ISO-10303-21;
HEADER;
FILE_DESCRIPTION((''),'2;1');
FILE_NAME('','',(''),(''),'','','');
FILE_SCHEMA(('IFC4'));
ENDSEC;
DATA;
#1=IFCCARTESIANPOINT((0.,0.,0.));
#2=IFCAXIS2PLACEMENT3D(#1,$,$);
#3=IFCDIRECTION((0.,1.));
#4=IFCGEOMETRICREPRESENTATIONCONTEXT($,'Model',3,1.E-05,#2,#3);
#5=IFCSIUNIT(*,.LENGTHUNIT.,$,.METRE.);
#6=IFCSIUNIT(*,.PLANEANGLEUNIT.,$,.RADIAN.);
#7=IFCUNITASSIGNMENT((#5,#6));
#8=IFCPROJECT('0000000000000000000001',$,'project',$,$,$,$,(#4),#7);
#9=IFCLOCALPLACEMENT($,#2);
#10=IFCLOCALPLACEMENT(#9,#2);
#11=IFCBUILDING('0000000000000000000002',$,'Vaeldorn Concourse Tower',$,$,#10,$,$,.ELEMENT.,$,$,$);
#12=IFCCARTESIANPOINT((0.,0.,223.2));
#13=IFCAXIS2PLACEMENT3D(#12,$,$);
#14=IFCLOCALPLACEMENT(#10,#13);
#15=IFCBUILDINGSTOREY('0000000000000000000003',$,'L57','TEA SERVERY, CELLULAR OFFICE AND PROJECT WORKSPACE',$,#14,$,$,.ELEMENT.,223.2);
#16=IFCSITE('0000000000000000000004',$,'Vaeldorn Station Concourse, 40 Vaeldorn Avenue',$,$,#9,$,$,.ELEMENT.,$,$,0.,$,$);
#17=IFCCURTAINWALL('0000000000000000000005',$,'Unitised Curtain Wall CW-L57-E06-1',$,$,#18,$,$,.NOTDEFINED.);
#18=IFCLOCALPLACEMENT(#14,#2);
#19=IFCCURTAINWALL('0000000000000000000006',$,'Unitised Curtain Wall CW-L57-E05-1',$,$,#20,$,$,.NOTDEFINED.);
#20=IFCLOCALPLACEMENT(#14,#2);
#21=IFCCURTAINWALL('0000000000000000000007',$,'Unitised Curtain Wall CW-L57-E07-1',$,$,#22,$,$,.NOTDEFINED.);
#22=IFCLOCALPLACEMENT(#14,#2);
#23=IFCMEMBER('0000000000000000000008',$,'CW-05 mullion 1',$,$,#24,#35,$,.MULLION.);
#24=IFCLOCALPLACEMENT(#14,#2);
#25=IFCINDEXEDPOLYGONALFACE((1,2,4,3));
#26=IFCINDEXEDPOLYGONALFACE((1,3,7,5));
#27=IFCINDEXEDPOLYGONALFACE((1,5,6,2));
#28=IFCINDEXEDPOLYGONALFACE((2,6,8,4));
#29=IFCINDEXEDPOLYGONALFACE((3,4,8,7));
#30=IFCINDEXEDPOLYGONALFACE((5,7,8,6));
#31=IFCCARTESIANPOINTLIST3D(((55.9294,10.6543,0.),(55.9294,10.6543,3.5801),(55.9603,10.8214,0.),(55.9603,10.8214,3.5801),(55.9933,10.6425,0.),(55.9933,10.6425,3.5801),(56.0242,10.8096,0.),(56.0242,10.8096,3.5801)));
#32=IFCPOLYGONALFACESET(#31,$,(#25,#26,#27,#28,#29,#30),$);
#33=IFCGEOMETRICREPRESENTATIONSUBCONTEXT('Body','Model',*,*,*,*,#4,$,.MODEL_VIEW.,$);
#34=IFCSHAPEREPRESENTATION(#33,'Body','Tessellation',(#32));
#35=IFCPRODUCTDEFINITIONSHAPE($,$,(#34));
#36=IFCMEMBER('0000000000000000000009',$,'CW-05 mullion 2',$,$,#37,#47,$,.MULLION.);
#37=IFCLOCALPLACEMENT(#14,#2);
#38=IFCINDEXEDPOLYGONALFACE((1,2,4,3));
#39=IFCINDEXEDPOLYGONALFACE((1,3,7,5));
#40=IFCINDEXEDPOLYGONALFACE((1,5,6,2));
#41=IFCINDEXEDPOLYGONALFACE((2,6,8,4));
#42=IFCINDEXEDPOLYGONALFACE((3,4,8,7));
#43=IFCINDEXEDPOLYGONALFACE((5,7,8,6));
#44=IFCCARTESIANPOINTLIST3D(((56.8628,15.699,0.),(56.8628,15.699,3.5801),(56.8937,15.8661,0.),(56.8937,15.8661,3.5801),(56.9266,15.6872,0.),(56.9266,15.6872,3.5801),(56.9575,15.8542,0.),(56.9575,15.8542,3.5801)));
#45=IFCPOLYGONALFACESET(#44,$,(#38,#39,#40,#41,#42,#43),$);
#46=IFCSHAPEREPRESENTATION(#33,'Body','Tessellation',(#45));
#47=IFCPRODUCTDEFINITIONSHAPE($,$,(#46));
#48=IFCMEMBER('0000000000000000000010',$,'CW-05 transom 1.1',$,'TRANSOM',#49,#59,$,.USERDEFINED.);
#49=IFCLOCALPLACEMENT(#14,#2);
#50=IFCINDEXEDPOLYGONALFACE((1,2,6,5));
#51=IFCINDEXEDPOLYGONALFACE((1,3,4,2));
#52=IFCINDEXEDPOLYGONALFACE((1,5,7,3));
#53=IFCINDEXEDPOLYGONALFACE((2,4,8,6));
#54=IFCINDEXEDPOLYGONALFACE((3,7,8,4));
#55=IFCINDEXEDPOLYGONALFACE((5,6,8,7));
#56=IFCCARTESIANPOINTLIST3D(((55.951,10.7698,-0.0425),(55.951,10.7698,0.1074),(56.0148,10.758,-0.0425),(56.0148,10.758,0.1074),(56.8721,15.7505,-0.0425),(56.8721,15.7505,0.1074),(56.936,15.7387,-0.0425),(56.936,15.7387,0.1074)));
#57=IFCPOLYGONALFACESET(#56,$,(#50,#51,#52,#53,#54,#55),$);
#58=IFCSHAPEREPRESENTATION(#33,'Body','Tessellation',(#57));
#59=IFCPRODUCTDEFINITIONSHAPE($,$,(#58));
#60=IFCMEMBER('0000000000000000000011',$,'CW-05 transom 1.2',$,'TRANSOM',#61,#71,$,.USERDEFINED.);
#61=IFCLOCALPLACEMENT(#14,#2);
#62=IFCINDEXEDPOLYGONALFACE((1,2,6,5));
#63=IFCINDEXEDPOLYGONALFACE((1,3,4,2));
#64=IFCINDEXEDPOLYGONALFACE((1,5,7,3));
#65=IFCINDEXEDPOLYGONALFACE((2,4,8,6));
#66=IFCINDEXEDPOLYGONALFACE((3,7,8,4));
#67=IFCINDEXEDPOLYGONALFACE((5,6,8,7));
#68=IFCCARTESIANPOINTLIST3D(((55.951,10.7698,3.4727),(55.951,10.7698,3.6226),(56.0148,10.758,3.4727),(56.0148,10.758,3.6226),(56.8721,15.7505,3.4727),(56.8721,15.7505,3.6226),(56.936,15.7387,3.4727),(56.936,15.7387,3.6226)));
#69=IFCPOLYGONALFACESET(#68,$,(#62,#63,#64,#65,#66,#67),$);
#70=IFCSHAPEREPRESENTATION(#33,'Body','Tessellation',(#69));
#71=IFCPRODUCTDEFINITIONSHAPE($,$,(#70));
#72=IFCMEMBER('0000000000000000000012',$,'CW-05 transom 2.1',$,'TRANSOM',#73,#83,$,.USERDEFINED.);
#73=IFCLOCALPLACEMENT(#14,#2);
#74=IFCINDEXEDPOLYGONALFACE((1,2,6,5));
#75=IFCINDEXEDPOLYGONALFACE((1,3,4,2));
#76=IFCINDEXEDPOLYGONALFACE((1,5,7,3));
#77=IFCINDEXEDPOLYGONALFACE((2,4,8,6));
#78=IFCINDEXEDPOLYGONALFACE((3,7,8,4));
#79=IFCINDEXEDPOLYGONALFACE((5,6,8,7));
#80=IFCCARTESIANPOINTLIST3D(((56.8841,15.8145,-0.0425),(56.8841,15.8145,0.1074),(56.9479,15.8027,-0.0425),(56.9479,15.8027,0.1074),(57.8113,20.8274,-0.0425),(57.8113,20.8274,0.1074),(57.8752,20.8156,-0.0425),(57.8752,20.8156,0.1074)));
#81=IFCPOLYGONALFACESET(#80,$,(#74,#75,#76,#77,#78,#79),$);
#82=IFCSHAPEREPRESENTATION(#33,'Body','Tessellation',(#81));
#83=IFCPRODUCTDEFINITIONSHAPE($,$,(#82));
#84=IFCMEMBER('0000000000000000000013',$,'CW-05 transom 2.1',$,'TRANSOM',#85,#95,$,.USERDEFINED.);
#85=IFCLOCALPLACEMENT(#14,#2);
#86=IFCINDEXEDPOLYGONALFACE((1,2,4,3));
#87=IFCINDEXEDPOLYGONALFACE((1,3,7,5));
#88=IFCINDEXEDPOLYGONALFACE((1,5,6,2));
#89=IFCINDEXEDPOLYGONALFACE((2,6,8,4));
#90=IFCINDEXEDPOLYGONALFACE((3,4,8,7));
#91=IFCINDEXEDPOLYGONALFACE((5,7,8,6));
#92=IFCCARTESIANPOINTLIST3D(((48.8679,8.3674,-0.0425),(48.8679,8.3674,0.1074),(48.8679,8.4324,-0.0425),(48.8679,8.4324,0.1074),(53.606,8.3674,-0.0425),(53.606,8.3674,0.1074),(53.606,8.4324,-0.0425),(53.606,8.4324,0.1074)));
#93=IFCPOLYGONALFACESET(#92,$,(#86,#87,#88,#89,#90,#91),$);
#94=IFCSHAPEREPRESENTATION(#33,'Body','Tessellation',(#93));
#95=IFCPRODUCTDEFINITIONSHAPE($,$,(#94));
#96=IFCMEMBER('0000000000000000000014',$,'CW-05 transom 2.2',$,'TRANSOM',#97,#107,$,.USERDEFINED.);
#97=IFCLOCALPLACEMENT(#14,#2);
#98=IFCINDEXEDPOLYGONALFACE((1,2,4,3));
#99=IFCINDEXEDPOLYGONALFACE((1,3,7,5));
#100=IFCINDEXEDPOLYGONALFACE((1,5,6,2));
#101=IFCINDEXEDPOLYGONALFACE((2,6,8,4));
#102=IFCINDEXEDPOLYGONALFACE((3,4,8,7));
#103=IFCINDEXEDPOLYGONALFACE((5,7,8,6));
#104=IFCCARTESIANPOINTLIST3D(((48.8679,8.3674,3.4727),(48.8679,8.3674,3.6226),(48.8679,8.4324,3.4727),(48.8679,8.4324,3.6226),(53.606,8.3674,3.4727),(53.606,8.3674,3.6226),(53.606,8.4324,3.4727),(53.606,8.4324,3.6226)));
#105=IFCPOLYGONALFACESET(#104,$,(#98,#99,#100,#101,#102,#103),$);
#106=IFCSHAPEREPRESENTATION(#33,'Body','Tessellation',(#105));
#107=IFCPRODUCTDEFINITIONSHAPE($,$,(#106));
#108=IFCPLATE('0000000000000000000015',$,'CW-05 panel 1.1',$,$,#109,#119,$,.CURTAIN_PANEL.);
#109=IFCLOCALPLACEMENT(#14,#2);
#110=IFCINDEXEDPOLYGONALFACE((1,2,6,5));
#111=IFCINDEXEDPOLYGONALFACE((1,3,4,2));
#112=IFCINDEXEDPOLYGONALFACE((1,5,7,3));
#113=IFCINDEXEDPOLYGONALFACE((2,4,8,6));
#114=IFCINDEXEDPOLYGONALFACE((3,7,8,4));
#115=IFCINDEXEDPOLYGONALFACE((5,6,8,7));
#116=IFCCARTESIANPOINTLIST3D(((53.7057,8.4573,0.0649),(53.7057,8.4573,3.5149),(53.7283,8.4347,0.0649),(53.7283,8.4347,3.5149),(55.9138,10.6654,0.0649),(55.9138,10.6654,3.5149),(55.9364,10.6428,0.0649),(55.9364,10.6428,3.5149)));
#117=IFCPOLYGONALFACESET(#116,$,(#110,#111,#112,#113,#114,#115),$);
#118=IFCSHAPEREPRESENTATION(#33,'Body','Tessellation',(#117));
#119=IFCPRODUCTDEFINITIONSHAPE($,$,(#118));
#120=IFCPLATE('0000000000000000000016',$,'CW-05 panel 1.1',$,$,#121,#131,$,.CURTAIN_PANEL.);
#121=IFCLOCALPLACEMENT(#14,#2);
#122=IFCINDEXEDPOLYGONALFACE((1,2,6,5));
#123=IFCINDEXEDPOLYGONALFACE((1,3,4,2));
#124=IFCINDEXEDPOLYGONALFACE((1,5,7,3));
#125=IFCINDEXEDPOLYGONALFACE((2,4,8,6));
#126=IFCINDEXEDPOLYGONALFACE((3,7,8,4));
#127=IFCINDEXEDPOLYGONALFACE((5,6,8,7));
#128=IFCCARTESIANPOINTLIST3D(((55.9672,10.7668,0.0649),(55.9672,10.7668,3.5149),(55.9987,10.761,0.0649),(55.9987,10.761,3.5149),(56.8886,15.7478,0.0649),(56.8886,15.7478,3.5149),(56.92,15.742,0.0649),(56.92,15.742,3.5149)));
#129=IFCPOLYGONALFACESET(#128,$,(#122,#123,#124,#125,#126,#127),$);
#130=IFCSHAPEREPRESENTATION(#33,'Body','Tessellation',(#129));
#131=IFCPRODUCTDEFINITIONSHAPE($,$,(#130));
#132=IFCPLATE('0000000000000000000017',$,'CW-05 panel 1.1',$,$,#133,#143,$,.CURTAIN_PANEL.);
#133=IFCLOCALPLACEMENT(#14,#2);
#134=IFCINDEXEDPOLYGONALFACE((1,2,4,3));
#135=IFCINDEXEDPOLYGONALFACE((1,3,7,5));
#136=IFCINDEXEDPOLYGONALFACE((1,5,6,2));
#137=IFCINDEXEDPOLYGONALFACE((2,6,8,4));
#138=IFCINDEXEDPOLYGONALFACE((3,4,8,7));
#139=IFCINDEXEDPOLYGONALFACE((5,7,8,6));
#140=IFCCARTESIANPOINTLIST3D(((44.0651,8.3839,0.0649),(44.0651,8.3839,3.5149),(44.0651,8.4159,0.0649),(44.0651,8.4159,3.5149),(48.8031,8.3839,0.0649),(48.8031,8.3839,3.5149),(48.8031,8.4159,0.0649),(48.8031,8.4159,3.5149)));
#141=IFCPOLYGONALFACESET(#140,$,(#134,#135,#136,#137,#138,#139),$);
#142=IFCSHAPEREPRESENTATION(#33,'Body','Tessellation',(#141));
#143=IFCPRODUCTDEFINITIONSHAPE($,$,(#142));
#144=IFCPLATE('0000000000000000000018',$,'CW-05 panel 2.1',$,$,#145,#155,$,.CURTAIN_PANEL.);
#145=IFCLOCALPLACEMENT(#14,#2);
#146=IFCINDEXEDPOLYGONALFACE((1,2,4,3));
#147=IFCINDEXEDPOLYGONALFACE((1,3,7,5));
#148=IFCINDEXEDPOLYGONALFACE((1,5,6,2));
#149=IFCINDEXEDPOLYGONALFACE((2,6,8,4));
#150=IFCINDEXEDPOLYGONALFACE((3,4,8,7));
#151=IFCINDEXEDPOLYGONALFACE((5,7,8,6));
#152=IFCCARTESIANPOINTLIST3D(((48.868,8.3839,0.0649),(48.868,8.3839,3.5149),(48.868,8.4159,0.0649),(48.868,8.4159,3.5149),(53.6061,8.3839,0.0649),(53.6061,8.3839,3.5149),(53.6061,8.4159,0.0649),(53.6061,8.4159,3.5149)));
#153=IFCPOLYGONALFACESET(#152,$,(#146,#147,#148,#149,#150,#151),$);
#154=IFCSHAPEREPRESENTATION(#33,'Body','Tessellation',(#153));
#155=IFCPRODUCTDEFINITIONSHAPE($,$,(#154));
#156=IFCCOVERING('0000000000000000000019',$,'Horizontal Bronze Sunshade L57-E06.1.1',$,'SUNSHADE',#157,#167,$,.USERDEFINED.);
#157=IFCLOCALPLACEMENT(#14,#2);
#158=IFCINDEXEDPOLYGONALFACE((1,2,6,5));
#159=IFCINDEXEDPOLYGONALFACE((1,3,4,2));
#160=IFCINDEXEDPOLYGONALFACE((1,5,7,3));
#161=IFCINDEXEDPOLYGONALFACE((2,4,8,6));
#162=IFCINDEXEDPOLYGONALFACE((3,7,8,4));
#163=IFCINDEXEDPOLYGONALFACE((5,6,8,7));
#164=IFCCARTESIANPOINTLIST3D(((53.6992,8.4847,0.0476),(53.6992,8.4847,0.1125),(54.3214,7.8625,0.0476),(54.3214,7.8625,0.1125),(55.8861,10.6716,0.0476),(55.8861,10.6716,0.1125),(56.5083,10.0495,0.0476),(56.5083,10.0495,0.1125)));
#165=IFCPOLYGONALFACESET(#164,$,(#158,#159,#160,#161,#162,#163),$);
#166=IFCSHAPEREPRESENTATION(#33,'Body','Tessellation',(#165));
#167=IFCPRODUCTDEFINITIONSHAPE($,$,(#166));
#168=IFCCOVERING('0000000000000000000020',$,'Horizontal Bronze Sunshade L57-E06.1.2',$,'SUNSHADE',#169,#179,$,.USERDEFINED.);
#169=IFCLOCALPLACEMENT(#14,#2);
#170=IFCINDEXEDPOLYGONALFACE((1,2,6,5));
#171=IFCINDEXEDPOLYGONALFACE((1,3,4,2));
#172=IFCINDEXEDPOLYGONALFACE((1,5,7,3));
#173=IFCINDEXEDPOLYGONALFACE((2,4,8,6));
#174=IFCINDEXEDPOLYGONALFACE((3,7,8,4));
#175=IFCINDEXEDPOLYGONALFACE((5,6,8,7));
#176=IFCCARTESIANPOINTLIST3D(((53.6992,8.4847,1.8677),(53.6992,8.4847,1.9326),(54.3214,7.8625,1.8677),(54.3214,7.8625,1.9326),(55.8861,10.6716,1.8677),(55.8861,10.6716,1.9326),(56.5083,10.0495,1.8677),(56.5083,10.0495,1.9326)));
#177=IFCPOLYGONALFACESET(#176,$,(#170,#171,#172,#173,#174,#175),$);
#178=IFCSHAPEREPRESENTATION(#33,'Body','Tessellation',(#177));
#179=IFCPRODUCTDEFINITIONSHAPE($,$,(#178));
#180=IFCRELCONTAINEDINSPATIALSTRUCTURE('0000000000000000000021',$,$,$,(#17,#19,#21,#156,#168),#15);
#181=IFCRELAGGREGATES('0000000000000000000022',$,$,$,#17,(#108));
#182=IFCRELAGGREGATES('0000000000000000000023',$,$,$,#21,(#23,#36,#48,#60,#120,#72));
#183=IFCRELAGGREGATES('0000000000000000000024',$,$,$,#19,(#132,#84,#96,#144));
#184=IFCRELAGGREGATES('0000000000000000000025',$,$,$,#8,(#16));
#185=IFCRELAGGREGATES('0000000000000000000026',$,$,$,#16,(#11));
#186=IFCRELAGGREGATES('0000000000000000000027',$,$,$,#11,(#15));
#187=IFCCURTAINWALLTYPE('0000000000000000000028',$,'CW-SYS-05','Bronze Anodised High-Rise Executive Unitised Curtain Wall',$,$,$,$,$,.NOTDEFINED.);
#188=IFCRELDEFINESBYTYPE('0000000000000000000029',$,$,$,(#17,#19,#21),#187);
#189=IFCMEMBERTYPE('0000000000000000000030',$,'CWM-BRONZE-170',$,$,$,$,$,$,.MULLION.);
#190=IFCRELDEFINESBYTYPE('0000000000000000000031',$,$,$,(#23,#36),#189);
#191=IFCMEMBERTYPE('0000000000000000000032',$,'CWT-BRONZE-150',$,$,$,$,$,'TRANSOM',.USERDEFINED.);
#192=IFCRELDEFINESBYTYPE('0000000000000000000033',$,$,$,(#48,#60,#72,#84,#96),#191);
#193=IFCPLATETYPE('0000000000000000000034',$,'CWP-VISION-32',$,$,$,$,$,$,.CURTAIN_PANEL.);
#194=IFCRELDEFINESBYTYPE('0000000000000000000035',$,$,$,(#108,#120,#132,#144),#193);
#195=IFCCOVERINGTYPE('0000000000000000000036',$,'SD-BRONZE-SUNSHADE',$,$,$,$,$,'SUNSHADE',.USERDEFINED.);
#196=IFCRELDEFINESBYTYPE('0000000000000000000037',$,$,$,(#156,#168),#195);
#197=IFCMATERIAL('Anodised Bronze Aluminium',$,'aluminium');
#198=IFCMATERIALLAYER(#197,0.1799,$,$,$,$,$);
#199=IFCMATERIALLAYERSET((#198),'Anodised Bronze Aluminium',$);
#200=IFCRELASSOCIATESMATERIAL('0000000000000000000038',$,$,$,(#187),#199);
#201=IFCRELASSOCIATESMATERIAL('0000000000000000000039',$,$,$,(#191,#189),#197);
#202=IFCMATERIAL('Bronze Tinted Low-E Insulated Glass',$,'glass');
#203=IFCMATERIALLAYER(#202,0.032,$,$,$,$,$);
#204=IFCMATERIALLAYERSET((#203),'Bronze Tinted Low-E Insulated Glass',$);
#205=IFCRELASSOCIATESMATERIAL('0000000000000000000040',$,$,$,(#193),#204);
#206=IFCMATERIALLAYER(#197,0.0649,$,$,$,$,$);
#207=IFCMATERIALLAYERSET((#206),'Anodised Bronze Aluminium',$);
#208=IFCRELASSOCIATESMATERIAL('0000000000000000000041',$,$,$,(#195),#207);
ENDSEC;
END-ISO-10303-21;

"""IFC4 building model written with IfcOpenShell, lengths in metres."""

from ifc_helpers import new_model, si_unit, direction, frame, origin, origin_2d, place, context, subcontext, project, spatial, rectangle, extrude, source, transform, mapped, material, layer, layer_set, material_profile, profile_set, type_object, element, aggregate, save


model = new_model("IFC4")

# Units and contexts
model_context = context("Model", 3, precision=1e-05, world=origin(), true_north=direction((0.0, 1.0)))
body_context = subcontext(model_context, "Body", "Model", "MODEL_VIEW")
ifc_project = project(units=[si_unit("LENGTHUNIT", "METRE"), si_unit("PLANEANGLEUNIT", "RADIAN")], contexts=[model_context])

# Site, building, storey
site_placement = place(None, origin())
site = spatial("IfcSite", under=ifc_project, at=site_placement, Name="Vaeldorn Station Concourse, 40 Vaeldorn Avenue", CompositionType="ELEMENT", RefElevation=0.0)
building_placement = place(site_placement, origin())
building = spatial("IfcBuilding", under=site, at=building_placement, Name="Vaeldorn Concourse Tower", CompositionType="ELEMENT")
storey_placement = place(building_placement, frame((0.0, 0.0, 223.2)))
storey = spatial("IfcBuildingStorey", under=building, at=storey_placement, Name="L57", Description="TEA SERVERY, CELLULAR OFFICE AND PROJECT WORKSPACE", CompositionType="ELEMENT", Elevation=223.2)

# Curtain walls
ifc_material_1 = material(Name="Anodised Bronze Aluminium", Category="aluminium")
ifc_layer_1 = layer(ifc_material_1, 0.1799)
ifc_layer_set_1 = layer_set([ifc_layer_1], Name="Anodised Bronze Aluminium")
curtain_wall_type = type_object("IfcCurtainWallType", Name="CW-SYS-05", Description="Bronze Anodised High-Rise Executive Unitised Curtain Wall", PredefinedType="NOTDEFINED", material=ifc_layer_set_1)
curtain_wall_1_placement = place(storey_placement, origin())
curtain_wall_1 = element("IfcCurtainWall", 1, at=curtain_wall_1_placement, inside=storey, type_object=curtain_wall_type, Name="Unitised Curtain Wall CW-L57-E06-1", PredefinedType="NOTDEFINED")
ifc_material_profile_1 = material_profile(ifc_material_1, rectangle(XDim=0.0649, YDim=0.1499, at=origin_2d()), Name="CWT 65x150")
ifc_profile_set_1 = profile_set([ifc_material_profile_1], Name="Anodised Bronze Aluminium")
member_type_1 = type_object("IfcMemberType", Name="CWT-BRONZE-150", ElementType="TRANSOM", PredefinedType="USERDEFINED", material=ifc_profile_set_1)
curtain_wall_2_placement = place(storey_placement, origin())
curtain_wall_2 = element("IfcCurtainWall", 2, at=curtain_wall_2_placement, inside=storey, type_object=curtain_wall_type, Name="Unitised Curtain Wall CW-L57-E05-1", PredefinedType="NOTDEFINED")
ifc_material_profile_2 = material_profile(ifc_material_1, rectangle(XDim=0.0649, YDim=0.1699, at=origin_2d()), Name="CWM 65x170")
ifc_profile_set_2 = profile_set([ifc_material_profile_2], Name="Anodised Bronze Aluminium")
member_type_2 = type_object("IfcMemberType", Name="CWM-BRONZE-170", PredefinedType="MULLION", material=ifc_profile_set_2)
shared_shape_1 = source(origin(), body_context, "Body", "SweptSolid", [
    extrude(rectangle(XDim=0.0649, YDim=0.1699, at=origin_2d()), origin(), (0.0, 0.0, 1.0), 3.5801),
])

# Curtain wall, members
curtain_wall_3_placement = place(storey_placement, origin())
curtain_wall_3 = element("IfcCurtainWall", 3, at=curtain_wall_3_placement, inside=storey, type_object=curtain_wall_type, Name="Unitised Curtain Wall CW-L57-E07-1", PredefinedType="NOTDEFINED")
member_1_placement = place(storey_placement, frame((55.9768, 10.7319, 0.0), z_axis=(0.0, 0.0, 1.0), x_axis=(-0.983319, 0.181889, 0.0)))
member_1 = element("IfcMember", 4, at=member_1_placement, type_object=member_type_2, Name="CW-05 mullion 1", PredefinedType="MULLION", context=body_context, shape_type="MappedRepresentation", body=[
    mapped(shared_shape_1, transform((0.0, 0.0, 0.0), scale=1.0)),
])
member_2_placement = place(storey_placement, frame((56.9102, 15.7766, 0.0), z_axis=(0.0, 0.0, 1.0), x_axis=(-0.983319, 0.181889, 0.0)))
member_2 = element("IfcMember", 5, at=member_2_placement, type_object=member_type_2, Name="CW-05 mullion 2", PredefinedType="MULLION", context=body_context, shape_type="MappedRepresentation", body=[
    mapped(shared_shape_1, transform((0.0, 0.0, 0.0), scale=1.0)),
])
shared_shape_2 = source(origin(), body_context, "Body", "SweptSolid", [
    extrude(rectangle(XDim=0.0649, YDim=0.1499, at=origin_2d()), origin(), (0.0, 0.0, 1.0), 5.0652),
])
member_3_placement = place(storey_placement, frame((55.9829, 10.7639, 0.0325), z_axis=(0.181858, 0.983325, 0.0), x_axis=(-0.983325, 0.181858, 0.0)))
member_3 = element("IfcMember", 6, at=member_3_placement, type_object=member_type_1, Name="CW-05 transom 1.1", ObjectType="TRANSOM", PredefinedType="USERDEFINED", context=body_context, shape_type="MappedRepresentation", body=[
    mapped(shared_shape_2, transform((0.0, 0.0, 0.0), scale=1.0)),
])
member_4_placement = place(storey_placement, frame((55.9829, 10.7639, 3.5476), z_axis=(0.181858, 0.983325, 0.0), x_axis=(-0.983325, 0.181858, 0.0)))
member_4 = element("IfcMember", 7, at=member_4_placement, type_object=member_type_1, Name="CW-05 transom 1.2", ObjectType="TRANSOM", PredefinedType="USERDEFINED", context=body_context, shape_type="MappedRepresentation", body=[
    mapped(shared_shape_2, transform((0.0, 0.0, 0.0), scale=1.0)),
])
shared_shape_3 = source(origin(), body_context, "Body", "SweptSolid", [
    extrude(rectangle(XDim=0.0649, YDim=0.1499, at=origin_2d()), origin(), (0.0, 0.0, 1.0), 5.0979),
])
member_5_placement = place(storey_placement, frame((56.916, 15.8086, 0.0325), z_axis=(0.181885, 0.98332, 0.0), x_axis=(-0.98332, 0.181885, 0.0)))
member_5 = element("IfcMember", 8, at=member_5_placement, type_object=member_type_1, Name="CW-05 transom 2.1", ObjectType="TRANSOM", PredefinedType="USERDEFINED", context=body_context, shape_type="MappedRepresentation", body=[
    mapped(shared_shape_3, transform((0.0, 0.0, 0.0), scale=1.0)),
])

# Members
shared_shape_4 = source(origin(), body_context, "Body", "SweptSolid", [
    extrude(rectangle(XDim=0.0649, YDim=0.1499, at=origin_2d()), origin(), (0.0, 0.0, 1.0), 4.738),
])
member_6_placement = place(storey_placement, frame((48.8679, 8.3999, 0.0325), z_axis=(1.0, 0.0, 0.0), x_axis=(0.0, 1.0, 0.0)))
member_6 = element("IfcMember", 9, at=member_6_placement, type_object=member_type_1, Name="CW-05 transom 2.1", ObjectType="TRANSOM", PredefinedType="USERDEFINED", context=body_context, shape_type="MappedRepresentation", body=[
    mapped(shared_shape_4, transform((0.0, 0.0, 0.0), scale=1.0)),
])
member_7_placement = place(storey_placement, frame((48.8679, 8.3999, 3.5476), z_axis=(1.0, 0.0, 0.0), x_axis=(0.0, 1.0, 0.0)))
member_7 = element("IfcMember", 10, at=member_7_placement, type_object=member_type_1, Name="CW-05 transom 2.2", ObjectType="TRANSOM", PredefinedType="USERDEFINED", context=body_context, shape_type="MappedRepresentation", body=[
    mapped(shared_shape_4, transform((0.0, 0.0, 0.0), scale=1.0)),
])

# Plates
ifc_material_2 = material(Name="Bronze Tinted Low-E Insulated Glass", Category="glass")
ifc_layer_2 = layer(ifc_material_2, 0.032)
ifc_layer_set_2 = layer_set([ifc_layer_2], Name="Bronze Tinted Low-E Insulated Glass")
plate_type = type_object("IfcPlateType", Name="CWP-VISION-32", PredefinedType="CURTAIN_PANEL", material=ifc_layer_set_2)
shared_shape_5 = source(origin(), body_context, "Body", "SweptSolid", [
    extrude(rectangle(XDim=3.1228, YDim=0.032, at=origin_2d()), origin(), (0.0, 0.0, 1.0), 3.45),
])
plate_1_placement = place(storey_placement, frame((54.821, 9.55, 0.0649), z_axis=(0.0, 0.0, 1.0), x_axis=(0.707107, 0.707107, 0.0)))
plate_1 = element("IfcPlate", 11, at=plate_1_placement, type_object=plate_type, Name="CW-05 panel 1.1", PredefinedType="CURTAIN_PANEL", context=body_context, shape_type="MappedRepresentation", body=[
    mapped(shared_shape_5, transform((0.0, 0.0, 0.0), scale=1.0)),
])
aggregate(curtain_wall_1, [plate_1])
shared_shape_6 = source(origin(), body_context, "Body", "SweptSolid", [
    extrude(rectangle(XDim=5.0654, YDim=0.032, at=origin_2d()), origin(), (0.0, 0.0, 1.0), 3.45),
])
plate_2_placement = place(storey_placement, frame((56.4436, 13.2544, 0.0649), z_axis=(0.0, 0.0, 1.0), x_axis=(0.181889, 0.983319, 0.0)))
plate_2 = element("IfcPlate", 12, at=plate_2_placement, type_object=plate_type, Name="CW-05 panel 1.1", PredefinedType="CURTAIN_PANEL", context=body_context, shape_type="MappedRepresentation", body=[
    mapped(shared_shape_6, transform((0.0, 0.0, 0.0), scale=1.0)),
])
aggregate(curtain_wall_3, [member_1, member_2, member_3, member_4, plate_2, member_5])
shared_shape_7 = source(origin(), body_context, "Body", "SweptSolid", [
    extrude(rectangle(XDim=4.738, YDim=0.032, at=origin_2d()), origin(), (0.0, 0.0, 1.0), 3.45),
])
plate_3_placement = place(storey_placement, frame((46.4341, 8.3999, 0.0649), z_axis=(0.0, 0.0, 1.0), x_axis=(1.0, 0.0, 0.0)))
plate_3 = element("IfcPlate", 13, at=plate_3_placement, type_object=plate_type, Name="CW-05 panel 1.1", PredefinedType="CURTAIN_PANEL", context=body_context, shape_type="MappedRepresentation", body=[
    mapped(shared_shape_7, transform((0.0, 0.0, 0.0), scale=1.0)),
])
plate_4_placement = place(storey_placement, frame((51.2371, 8.3999, 0.0649), z_axis=(0.0, 0.0, 1.0), x_axis=(1.0, 0.0, 0.0)))
plate_4 = element("IfcPlate", 14, at=plate_4_placement, type_object=plate_type, Name="CW-05 panel 2.1", PredefinedType="CURTAIN_PANEL", context=body_context, shape_type="MappedRepresentation", body=[
    mapped(shared_shape_7, transform((0.0, 0.0, 0.0), scale=1.0)),
])
aggregate(curtain_wall_2, [plate_3, member_6, member_7, plate_4])

# Coverings
ifc_layer_3 = layer(ifc_material_1, 0.0649)
ifc_layer_set_3 = layer_set([ifc_layer_3], Name="Anodised Bronze Aluminium")
covering_type = type_object("IfcCoveringType", Name="SD-BRONZE-SUNSHADE", ElementType="SUNSHADE", PredefinedType="USERDEFINED", material=ifc_layer_set_3)
shared_shape_8 = source(origin(), body_context, "Body", "SweptSolid", [
    extrude(rectangle(XDim=3.0928, YDim=0.8799, at=origin_2d()), origin(), (0.0, 0.0, 1.0), 0.0649),
])
for number, where, z_axis, x_axis, name in (
    (15, (55.1038, 9.2671, 0.0476), (0.0, 0.0, 1.0), (0.707107, 0.707107, 0.0), "Horizontal Bronze Sunshade L57-E06.1.1"),
    (16, (55.1038, 9.2671, 1.8677), (0.0, 0.0, 1.0), (0.707107, 0.707107, 0.0), "Horizontal Bronze Sunshade L57-E06.1.2"),
):
    element("IfcCovering", number, at=place(storey_placement, frame(where, z_axis=z_axis, x_axis=x_axis)), inside=storey, type_object=covering_type, Name=name, ObjectType="SUNSHADE", PredefinedType="USERDEFINED", context=body_context, shape_type="MappedRepresentation", body=[
        mapped(shared_shape_8, transform((0.0, 0.0, 0.0), scale=1.0)),
    ])

save(model, "model.ifc")
